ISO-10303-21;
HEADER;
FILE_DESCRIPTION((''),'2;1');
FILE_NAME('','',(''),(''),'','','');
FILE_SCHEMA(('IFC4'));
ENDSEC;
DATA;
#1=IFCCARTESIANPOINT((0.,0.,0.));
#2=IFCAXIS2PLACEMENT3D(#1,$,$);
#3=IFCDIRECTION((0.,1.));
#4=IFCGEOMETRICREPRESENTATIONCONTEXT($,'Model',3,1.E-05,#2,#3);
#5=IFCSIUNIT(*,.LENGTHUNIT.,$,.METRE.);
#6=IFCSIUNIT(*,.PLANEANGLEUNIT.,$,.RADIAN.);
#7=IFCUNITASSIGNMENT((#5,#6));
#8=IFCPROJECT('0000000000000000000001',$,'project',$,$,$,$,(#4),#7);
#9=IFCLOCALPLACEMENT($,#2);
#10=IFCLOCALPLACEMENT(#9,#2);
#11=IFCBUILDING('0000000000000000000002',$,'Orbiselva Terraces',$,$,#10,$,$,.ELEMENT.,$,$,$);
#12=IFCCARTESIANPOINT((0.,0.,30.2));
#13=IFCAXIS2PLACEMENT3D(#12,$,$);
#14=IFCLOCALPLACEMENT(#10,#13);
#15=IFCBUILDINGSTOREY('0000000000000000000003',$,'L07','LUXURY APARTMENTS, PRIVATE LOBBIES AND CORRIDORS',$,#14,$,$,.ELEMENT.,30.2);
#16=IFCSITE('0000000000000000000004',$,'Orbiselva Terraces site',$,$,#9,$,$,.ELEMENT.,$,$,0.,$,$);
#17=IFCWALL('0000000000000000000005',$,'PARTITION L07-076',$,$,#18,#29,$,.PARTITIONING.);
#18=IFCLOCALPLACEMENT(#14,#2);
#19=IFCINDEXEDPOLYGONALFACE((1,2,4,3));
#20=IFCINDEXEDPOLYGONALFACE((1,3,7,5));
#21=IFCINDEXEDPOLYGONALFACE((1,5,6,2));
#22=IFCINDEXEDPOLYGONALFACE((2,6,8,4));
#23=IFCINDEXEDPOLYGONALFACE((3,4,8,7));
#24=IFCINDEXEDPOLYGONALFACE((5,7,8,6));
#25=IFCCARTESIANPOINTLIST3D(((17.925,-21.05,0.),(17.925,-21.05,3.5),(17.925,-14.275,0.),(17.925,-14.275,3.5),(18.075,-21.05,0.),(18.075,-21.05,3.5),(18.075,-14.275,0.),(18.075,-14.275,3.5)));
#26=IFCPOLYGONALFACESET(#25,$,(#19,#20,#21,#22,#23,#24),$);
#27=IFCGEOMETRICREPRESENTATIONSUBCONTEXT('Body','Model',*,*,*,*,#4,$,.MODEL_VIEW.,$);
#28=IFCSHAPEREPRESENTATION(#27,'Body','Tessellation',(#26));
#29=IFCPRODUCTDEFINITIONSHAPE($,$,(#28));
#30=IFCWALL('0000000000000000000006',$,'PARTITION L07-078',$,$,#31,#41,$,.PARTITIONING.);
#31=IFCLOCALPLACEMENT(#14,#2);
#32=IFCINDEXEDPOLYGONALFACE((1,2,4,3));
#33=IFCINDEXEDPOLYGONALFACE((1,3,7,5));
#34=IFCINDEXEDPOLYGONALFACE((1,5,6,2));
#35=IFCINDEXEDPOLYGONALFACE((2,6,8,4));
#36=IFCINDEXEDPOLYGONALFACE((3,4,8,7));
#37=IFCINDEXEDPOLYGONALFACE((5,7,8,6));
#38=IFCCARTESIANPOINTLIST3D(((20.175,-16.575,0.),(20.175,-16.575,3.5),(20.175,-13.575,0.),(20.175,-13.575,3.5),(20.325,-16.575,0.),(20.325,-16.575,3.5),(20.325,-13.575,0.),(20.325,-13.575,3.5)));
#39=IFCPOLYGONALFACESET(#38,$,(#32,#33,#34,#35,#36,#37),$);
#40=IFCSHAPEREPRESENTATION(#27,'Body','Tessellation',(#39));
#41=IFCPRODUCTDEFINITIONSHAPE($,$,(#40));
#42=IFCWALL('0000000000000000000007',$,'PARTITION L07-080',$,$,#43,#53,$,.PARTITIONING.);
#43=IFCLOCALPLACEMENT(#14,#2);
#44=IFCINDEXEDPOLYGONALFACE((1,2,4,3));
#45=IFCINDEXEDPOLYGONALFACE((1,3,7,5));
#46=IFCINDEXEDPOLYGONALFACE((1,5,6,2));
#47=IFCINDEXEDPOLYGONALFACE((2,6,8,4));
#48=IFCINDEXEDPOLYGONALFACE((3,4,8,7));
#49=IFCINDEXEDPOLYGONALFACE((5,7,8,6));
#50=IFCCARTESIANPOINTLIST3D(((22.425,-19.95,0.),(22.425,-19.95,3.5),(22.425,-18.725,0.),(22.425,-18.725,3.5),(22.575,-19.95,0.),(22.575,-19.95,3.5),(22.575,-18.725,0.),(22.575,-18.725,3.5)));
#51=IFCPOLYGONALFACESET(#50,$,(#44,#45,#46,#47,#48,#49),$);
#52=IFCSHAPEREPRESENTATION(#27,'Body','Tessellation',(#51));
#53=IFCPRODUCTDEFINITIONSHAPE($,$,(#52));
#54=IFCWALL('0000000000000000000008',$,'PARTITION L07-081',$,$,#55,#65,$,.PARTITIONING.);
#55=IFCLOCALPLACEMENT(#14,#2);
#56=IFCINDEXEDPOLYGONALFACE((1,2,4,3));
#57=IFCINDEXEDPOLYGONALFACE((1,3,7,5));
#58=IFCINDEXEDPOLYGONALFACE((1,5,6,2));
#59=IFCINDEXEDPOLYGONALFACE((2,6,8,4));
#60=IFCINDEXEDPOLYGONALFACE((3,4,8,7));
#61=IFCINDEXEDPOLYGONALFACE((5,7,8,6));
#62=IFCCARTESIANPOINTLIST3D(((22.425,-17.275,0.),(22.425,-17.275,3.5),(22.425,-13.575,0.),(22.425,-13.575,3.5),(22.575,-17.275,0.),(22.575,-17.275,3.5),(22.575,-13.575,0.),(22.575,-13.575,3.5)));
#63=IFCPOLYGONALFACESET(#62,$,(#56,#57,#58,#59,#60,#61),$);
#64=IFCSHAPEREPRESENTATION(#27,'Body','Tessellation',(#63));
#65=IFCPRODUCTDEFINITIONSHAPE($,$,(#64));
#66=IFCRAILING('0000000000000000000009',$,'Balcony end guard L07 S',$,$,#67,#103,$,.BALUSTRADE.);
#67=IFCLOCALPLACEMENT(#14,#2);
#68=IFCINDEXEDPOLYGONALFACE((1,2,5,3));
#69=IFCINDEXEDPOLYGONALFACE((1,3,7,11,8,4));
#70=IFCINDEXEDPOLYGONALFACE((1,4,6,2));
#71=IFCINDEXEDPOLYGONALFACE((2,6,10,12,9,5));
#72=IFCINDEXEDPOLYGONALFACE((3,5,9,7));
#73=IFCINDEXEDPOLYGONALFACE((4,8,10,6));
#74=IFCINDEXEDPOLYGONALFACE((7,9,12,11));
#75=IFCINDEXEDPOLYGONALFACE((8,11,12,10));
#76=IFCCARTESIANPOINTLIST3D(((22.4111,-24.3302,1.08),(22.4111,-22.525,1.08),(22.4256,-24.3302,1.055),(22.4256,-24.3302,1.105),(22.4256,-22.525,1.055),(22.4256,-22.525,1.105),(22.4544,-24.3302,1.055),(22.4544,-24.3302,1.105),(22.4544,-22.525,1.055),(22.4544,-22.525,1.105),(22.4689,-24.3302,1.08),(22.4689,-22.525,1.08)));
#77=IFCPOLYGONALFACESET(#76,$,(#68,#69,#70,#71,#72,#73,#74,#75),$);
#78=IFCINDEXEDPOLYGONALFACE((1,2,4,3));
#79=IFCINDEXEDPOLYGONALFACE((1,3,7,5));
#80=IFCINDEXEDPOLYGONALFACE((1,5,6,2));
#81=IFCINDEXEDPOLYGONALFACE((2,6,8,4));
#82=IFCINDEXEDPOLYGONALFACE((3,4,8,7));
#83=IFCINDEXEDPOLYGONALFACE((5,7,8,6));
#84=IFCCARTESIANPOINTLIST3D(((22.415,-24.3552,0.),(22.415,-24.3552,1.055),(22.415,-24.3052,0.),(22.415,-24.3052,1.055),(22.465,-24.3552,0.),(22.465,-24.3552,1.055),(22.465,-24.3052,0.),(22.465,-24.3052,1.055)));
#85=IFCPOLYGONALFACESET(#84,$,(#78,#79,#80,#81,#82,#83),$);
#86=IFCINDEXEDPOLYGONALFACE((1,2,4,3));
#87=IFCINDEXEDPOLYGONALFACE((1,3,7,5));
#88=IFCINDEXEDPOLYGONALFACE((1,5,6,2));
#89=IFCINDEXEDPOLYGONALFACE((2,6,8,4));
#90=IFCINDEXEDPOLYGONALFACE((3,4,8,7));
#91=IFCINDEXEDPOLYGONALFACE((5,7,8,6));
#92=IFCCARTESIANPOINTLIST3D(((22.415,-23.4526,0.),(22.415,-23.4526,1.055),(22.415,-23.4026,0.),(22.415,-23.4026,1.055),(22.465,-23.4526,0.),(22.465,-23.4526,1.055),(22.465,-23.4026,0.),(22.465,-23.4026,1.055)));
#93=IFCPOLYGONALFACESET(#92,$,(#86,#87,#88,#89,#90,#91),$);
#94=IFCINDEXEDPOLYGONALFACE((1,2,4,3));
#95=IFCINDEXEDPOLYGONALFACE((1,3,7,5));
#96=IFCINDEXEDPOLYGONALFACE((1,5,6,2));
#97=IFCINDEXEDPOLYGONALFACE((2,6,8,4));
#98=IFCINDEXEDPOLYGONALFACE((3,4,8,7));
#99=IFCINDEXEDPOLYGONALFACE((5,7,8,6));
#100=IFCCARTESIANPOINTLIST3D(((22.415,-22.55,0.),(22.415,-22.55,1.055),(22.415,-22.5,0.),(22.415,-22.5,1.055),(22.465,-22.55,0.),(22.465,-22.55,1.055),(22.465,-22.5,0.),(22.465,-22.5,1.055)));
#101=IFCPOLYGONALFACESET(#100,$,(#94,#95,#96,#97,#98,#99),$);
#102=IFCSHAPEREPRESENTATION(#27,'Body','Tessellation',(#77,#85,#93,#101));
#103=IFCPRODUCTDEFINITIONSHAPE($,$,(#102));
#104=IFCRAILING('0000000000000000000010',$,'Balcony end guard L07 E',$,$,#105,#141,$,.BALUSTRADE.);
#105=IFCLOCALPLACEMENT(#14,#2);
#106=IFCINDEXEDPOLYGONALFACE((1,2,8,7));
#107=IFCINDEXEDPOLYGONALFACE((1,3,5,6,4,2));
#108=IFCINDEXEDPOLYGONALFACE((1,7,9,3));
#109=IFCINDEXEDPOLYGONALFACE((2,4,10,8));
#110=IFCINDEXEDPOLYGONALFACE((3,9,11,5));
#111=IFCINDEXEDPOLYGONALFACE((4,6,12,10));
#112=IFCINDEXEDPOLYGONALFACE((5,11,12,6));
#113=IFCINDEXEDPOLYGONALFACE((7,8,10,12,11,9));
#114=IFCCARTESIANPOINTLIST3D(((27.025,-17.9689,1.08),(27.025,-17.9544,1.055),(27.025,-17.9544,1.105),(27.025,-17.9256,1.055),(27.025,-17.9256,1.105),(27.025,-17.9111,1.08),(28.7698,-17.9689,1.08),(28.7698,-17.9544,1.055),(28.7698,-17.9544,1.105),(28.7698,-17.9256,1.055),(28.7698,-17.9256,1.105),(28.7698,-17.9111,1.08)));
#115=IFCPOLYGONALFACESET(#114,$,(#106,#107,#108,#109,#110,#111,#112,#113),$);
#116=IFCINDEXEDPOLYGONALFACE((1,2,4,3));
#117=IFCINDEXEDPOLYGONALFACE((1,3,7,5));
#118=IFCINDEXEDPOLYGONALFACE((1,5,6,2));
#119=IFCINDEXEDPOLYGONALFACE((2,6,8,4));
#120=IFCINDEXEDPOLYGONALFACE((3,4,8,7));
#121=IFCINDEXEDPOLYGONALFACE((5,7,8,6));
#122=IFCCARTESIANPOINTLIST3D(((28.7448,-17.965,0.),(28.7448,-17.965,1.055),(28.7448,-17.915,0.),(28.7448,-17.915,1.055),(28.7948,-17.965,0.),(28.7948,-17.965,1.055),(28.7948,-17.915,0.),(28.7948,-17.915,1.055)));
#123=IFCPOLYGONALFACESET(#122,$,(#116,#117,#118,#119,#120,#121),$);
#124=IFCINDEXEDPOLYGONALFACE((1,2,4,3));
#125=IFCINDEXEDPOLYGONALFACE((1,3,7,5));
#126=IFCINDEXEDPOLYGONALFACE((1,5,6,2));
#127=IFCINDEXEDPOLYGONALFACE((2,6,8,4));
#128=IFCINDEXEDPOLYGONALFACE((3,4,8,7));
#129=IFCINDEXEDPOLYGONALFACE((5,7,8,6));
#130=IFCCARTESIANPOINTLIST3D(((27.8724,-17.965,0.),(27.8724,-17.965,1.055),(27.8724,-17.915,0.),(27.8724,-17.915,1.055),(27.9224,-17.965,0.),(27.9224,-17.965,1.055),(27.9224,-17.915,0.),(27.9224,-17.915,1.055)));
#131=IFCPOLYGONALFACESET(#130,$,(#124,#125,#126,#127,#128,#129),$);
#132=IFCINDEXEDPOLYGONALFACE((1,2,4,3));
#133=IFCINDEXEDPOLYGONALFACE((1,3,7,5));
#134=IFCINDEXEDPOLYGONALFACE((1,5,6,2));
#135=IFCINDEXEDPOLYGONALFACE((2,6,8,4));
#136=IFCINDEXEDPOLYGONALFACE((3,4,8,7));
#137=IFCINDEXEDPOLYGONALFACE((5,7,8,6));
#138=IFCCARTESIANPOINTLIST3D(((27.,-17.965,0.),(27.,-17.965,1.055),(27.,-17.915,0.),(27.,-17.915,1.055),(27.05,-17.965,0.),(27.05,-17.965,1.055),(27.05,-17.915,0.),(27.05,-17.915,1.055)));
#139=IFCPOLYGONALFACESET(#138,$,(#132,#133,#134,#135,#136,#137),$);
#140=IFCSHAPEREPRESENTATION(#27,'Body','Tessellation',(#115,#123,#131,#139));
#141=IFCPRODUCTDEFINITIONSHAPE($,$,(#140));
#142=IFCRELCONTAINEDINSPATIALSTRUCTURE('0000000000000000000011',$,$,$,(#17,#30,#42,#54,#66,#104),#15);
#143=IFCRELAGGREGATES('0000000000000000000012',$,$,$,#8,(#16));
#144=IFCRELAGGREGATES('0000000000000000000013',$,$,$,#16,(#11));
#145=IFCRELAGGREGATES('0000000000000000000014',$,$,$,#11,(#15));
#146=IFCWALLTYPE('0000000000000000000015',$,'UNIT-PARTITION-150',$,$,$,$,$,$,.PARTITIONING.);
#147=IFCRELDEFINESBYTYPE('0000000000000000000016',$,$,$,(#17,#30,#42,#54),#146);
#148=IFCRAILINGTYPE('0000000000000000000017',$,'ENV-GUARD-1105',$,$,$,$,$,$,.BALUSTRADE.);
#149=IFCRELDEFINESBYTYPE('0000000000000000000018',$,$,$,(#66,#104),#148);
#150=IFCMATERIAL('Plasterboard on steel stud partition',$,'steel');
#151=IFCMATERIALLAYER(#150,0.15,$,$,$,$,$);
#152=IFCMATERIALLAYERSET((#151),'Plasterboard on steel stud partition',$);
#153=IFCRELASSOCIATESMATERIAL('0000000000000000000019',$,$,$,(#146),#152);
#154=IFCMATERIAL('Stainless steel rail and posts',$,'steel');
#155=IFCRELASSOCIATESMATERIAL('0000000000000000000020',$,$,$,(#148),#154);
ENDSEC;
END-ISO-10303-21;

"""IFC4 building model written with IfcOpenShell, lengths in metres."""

from ifc_helpers import new_model, si_unit, direction, frame, frame_2d, origin, origin_2d, place, context, subcontext, project, spatial, polyline, rectangle, outline, extrude, material, layer, layer_set, type_object, element, save


model = new_model("IFC4")

# Units and contexts
model_context = context("Model", 3, precision=1e-05, world=origin(), true_north=direction((0.0, 1.0)))
body_context = subcontext(model_context, "Body", "Model", "MODEL_VIEW")
ifc_project = project(units=[si_unit("LENGTHUNIT", "METRE"), si_unit("PLANEANGLEUNIT", "RADIAN")], contexts=[model_context])

# Site, building, storey
site_placement = place(None, origin())
site = spatial("IfcSite", under=ifc_project, at=site_placement, Name="Orbiselva Terraces site", CompositionType="ELEMENT", RefElevation=0.0)
building_placement = place(site_placement, origin())
building = spatial("IfcBuilding", under=site, at=building_placement, Name="Orbiselva Terraces", CompositionType="ELEMENT")
storey_placement = place(building_placement, frame((0.0, 0.0, 30.2)))
storey = spatial("IfcBuildingStorey", under=building, at=storey_placement, Name="L07", Description="LUXURY APARTMENTS, PRIVATE LOBBIES AND CORRIDORS", CompositionType="ELEMENT", Elevation=30.2)

# Walls
ifc_material_1 = material(Name="Plasterboard on steel stud partition", Category="steel")
ifc_layer_1 = layer(ifc_material_1, 0.15)
ifc_layer_set_1 = layer_set([ifc_layer_1], Name="Plasterboard on steel stud partition")
wall_type_1 = type_object("IfcWallType", Name="UNIT-PARTITION-150", PredefinedType="PARTITIONING", material=ifc_layer_set_1)
wall_1_placement = place(storey_placement, frame((18.0, -21.05, 0.0), z_axis=(0.0, 0.0, 1.0), x_axis=(0.0, 1.0, 0.0)))
element("IfcWall", 1, at=wall_1_placement, inside=storey, type_object=wall_type_1, Name="PARTITION L07-076", PredefinedType="PARTITIONING", context=body_context, shape_type="SweptSolid", body=[
    extrude(rectangle(XDim=6.775, YDim=0.15, at=frame_2d((3.3875, 0.0))), origin(), (0.0, 0.0, 1.0), 3.5),
])
wall_2_placement = place(storey_placement, frame((20.25, -16.575, 0.0), z_axis=(0.0, 0.0, 1.0), x_axis=(0.0, 1.0, 0.0)))
element("IfcWall", 2, at=wall_2_placement, inside=storey, type_object=wall_type_1, Name="PARTITION L07-078", PredefinedType="PARTITIONING", context=body_context, shape_type="SweptSolid", body=[
    extrude(rectangle(XDim=3.0, YDim=0.15, at=frame_2d((1.5, 0.0))), origin(), (0.0, 0.0, 1.0), 3.5),
])
wall_3_placement = place(storey_placement, frame((22.5, -19.95, 0.0), z_axis=(0.0, 0.0, 1.0), x_axis=(0.0, 1.0, 0.0)))
element("IfcWall", 3, at=wall_3_placement, inside=storey, type_object=wall_type_1, Name="PARTITION L07-080", PredefinedType="PARTITIONING", context=body_context, shape_type="SweptSolid", body=[
    extrude(rectangle(XDim=1.225, YDim=0.15, at=frame_2d((0.6125, 0.0))), origin(), (0.0, 0.0, 1.0), 3.5),
])
wall_4_placement = place(storey_placement, frame((22.5, -17.275, 0.0), z_axis=(0.0, 0.0, 1.0), x_axis=(0.0, 1.0, 0.0)))
element("IfcWall", 4, at=wall_4_placement, inside=storey, type_object=wall_type_1, Name="PARTITION L07-081", PredefinedType="PARTITIONING", context=body_context, shape_type="SweptSolid", body=[
    extrude(rectangle(XDim=3.7, YDim=0.15, at=frame_2d((1.85, 0.0))), origin(), (0.0, 0.0, 1.0), 3.5),
])

# Railings
ifc_material_2 = material(Name="Stainless steel rail and posts", Category="steel")
railing_type_1 = type_object("IfcRailingType", Name="ENV-GUARD-1105", PredefinedType="BALUSTRADE", material=ifc_material_2)
railing_1_placement = place(storey_placement, frame((22.44, -24.3302, 0.0)))
element("IfcRailing", 5, at=railing_1_placement, inside=storey, type_object=railing_type_1, Name="Balcony end guard L07 S", PredefinedType="BALUSTRADE", context=body_context, shape_type="SweptSolid", body=[
    extrude(outline(polyline([(0.0289, 0.0), (0.0144, 0.025), (-0.0144, 0.025), (-0.0289, 0.0), (-0.0144, -0.025), (0.0144, -0.025), (0.0289, 0.0)])), frame((0.0, 0.0, 1.08), z_axis=(0.0, 1.0, 0.0), x_axis=(-1.0, 0.0, 0.0)), (0.0, 0.0, 1.0), 1.8052),
    extrude(rectangle(XDim=0.05, YDim=0.05, at=origin_2d()), origin(), (0.0, 0.0, 1.0), 1.055),
    extrude(rectangle(XDim=0.05, YDim=0.05, at=origin_2d()), frame((0.0, 0.9026, 0.0)), (0.0, 0.0, 1.0), 1.055),
    extrude(rectangle(XDim=0.05, YDim=0.05, at=origin_2d()), frame((0.0, 1.8052, 0.0)), (0.0, 0.0, 1.0), 1.055),
])
railing_2_placement = place(storey_placement, frame((28.7698, -17.94, 0.0)))
element("IfcRailing", 6, at=railing_2_placement, inside=storey, type_object=railing_type_1, Name="Balcony end guard L07 E", PredefinedType="BALUSTRADE", context=body_context, shape_type="SweptSolid", body=[
    extrude(outline(polyline([(0.0289, 0.0), (0.0144, 0.025), (-0.0144, 0.025), (-0.0289, 0.0), (-0.0144, -0.025), (0.0144, -0.025), (0.0289, 0.0)])), frame((0.0, 0.0, 1.08), z_axis=(-1.0, 0.0, 0.0), x_axis=(0.0, -1.0, 0.0)), (0.0, 0.0, 1.0), 1.7448),
    extrude(rectangle(XDim=0.05, YDim=0.05, at=origin_2d()), origin(), (0.0, 0.0, 1.0), 1.055),
    extrude(rectangle(XDim=0.05, YDim=0.05, at=origin_2d()), frame((-0.8724, 0.0, 0.0)), (0.0, 0.0, 1.0), 1.055),
    extrude(rectangle(XDim=0.05, YDim=0.05, at=origin_2d()), frame((-1.7448, 0.0, 0.0)), (0.0, 0.0, 1.0), 1.055),
])

save(model, "model.ifc")
